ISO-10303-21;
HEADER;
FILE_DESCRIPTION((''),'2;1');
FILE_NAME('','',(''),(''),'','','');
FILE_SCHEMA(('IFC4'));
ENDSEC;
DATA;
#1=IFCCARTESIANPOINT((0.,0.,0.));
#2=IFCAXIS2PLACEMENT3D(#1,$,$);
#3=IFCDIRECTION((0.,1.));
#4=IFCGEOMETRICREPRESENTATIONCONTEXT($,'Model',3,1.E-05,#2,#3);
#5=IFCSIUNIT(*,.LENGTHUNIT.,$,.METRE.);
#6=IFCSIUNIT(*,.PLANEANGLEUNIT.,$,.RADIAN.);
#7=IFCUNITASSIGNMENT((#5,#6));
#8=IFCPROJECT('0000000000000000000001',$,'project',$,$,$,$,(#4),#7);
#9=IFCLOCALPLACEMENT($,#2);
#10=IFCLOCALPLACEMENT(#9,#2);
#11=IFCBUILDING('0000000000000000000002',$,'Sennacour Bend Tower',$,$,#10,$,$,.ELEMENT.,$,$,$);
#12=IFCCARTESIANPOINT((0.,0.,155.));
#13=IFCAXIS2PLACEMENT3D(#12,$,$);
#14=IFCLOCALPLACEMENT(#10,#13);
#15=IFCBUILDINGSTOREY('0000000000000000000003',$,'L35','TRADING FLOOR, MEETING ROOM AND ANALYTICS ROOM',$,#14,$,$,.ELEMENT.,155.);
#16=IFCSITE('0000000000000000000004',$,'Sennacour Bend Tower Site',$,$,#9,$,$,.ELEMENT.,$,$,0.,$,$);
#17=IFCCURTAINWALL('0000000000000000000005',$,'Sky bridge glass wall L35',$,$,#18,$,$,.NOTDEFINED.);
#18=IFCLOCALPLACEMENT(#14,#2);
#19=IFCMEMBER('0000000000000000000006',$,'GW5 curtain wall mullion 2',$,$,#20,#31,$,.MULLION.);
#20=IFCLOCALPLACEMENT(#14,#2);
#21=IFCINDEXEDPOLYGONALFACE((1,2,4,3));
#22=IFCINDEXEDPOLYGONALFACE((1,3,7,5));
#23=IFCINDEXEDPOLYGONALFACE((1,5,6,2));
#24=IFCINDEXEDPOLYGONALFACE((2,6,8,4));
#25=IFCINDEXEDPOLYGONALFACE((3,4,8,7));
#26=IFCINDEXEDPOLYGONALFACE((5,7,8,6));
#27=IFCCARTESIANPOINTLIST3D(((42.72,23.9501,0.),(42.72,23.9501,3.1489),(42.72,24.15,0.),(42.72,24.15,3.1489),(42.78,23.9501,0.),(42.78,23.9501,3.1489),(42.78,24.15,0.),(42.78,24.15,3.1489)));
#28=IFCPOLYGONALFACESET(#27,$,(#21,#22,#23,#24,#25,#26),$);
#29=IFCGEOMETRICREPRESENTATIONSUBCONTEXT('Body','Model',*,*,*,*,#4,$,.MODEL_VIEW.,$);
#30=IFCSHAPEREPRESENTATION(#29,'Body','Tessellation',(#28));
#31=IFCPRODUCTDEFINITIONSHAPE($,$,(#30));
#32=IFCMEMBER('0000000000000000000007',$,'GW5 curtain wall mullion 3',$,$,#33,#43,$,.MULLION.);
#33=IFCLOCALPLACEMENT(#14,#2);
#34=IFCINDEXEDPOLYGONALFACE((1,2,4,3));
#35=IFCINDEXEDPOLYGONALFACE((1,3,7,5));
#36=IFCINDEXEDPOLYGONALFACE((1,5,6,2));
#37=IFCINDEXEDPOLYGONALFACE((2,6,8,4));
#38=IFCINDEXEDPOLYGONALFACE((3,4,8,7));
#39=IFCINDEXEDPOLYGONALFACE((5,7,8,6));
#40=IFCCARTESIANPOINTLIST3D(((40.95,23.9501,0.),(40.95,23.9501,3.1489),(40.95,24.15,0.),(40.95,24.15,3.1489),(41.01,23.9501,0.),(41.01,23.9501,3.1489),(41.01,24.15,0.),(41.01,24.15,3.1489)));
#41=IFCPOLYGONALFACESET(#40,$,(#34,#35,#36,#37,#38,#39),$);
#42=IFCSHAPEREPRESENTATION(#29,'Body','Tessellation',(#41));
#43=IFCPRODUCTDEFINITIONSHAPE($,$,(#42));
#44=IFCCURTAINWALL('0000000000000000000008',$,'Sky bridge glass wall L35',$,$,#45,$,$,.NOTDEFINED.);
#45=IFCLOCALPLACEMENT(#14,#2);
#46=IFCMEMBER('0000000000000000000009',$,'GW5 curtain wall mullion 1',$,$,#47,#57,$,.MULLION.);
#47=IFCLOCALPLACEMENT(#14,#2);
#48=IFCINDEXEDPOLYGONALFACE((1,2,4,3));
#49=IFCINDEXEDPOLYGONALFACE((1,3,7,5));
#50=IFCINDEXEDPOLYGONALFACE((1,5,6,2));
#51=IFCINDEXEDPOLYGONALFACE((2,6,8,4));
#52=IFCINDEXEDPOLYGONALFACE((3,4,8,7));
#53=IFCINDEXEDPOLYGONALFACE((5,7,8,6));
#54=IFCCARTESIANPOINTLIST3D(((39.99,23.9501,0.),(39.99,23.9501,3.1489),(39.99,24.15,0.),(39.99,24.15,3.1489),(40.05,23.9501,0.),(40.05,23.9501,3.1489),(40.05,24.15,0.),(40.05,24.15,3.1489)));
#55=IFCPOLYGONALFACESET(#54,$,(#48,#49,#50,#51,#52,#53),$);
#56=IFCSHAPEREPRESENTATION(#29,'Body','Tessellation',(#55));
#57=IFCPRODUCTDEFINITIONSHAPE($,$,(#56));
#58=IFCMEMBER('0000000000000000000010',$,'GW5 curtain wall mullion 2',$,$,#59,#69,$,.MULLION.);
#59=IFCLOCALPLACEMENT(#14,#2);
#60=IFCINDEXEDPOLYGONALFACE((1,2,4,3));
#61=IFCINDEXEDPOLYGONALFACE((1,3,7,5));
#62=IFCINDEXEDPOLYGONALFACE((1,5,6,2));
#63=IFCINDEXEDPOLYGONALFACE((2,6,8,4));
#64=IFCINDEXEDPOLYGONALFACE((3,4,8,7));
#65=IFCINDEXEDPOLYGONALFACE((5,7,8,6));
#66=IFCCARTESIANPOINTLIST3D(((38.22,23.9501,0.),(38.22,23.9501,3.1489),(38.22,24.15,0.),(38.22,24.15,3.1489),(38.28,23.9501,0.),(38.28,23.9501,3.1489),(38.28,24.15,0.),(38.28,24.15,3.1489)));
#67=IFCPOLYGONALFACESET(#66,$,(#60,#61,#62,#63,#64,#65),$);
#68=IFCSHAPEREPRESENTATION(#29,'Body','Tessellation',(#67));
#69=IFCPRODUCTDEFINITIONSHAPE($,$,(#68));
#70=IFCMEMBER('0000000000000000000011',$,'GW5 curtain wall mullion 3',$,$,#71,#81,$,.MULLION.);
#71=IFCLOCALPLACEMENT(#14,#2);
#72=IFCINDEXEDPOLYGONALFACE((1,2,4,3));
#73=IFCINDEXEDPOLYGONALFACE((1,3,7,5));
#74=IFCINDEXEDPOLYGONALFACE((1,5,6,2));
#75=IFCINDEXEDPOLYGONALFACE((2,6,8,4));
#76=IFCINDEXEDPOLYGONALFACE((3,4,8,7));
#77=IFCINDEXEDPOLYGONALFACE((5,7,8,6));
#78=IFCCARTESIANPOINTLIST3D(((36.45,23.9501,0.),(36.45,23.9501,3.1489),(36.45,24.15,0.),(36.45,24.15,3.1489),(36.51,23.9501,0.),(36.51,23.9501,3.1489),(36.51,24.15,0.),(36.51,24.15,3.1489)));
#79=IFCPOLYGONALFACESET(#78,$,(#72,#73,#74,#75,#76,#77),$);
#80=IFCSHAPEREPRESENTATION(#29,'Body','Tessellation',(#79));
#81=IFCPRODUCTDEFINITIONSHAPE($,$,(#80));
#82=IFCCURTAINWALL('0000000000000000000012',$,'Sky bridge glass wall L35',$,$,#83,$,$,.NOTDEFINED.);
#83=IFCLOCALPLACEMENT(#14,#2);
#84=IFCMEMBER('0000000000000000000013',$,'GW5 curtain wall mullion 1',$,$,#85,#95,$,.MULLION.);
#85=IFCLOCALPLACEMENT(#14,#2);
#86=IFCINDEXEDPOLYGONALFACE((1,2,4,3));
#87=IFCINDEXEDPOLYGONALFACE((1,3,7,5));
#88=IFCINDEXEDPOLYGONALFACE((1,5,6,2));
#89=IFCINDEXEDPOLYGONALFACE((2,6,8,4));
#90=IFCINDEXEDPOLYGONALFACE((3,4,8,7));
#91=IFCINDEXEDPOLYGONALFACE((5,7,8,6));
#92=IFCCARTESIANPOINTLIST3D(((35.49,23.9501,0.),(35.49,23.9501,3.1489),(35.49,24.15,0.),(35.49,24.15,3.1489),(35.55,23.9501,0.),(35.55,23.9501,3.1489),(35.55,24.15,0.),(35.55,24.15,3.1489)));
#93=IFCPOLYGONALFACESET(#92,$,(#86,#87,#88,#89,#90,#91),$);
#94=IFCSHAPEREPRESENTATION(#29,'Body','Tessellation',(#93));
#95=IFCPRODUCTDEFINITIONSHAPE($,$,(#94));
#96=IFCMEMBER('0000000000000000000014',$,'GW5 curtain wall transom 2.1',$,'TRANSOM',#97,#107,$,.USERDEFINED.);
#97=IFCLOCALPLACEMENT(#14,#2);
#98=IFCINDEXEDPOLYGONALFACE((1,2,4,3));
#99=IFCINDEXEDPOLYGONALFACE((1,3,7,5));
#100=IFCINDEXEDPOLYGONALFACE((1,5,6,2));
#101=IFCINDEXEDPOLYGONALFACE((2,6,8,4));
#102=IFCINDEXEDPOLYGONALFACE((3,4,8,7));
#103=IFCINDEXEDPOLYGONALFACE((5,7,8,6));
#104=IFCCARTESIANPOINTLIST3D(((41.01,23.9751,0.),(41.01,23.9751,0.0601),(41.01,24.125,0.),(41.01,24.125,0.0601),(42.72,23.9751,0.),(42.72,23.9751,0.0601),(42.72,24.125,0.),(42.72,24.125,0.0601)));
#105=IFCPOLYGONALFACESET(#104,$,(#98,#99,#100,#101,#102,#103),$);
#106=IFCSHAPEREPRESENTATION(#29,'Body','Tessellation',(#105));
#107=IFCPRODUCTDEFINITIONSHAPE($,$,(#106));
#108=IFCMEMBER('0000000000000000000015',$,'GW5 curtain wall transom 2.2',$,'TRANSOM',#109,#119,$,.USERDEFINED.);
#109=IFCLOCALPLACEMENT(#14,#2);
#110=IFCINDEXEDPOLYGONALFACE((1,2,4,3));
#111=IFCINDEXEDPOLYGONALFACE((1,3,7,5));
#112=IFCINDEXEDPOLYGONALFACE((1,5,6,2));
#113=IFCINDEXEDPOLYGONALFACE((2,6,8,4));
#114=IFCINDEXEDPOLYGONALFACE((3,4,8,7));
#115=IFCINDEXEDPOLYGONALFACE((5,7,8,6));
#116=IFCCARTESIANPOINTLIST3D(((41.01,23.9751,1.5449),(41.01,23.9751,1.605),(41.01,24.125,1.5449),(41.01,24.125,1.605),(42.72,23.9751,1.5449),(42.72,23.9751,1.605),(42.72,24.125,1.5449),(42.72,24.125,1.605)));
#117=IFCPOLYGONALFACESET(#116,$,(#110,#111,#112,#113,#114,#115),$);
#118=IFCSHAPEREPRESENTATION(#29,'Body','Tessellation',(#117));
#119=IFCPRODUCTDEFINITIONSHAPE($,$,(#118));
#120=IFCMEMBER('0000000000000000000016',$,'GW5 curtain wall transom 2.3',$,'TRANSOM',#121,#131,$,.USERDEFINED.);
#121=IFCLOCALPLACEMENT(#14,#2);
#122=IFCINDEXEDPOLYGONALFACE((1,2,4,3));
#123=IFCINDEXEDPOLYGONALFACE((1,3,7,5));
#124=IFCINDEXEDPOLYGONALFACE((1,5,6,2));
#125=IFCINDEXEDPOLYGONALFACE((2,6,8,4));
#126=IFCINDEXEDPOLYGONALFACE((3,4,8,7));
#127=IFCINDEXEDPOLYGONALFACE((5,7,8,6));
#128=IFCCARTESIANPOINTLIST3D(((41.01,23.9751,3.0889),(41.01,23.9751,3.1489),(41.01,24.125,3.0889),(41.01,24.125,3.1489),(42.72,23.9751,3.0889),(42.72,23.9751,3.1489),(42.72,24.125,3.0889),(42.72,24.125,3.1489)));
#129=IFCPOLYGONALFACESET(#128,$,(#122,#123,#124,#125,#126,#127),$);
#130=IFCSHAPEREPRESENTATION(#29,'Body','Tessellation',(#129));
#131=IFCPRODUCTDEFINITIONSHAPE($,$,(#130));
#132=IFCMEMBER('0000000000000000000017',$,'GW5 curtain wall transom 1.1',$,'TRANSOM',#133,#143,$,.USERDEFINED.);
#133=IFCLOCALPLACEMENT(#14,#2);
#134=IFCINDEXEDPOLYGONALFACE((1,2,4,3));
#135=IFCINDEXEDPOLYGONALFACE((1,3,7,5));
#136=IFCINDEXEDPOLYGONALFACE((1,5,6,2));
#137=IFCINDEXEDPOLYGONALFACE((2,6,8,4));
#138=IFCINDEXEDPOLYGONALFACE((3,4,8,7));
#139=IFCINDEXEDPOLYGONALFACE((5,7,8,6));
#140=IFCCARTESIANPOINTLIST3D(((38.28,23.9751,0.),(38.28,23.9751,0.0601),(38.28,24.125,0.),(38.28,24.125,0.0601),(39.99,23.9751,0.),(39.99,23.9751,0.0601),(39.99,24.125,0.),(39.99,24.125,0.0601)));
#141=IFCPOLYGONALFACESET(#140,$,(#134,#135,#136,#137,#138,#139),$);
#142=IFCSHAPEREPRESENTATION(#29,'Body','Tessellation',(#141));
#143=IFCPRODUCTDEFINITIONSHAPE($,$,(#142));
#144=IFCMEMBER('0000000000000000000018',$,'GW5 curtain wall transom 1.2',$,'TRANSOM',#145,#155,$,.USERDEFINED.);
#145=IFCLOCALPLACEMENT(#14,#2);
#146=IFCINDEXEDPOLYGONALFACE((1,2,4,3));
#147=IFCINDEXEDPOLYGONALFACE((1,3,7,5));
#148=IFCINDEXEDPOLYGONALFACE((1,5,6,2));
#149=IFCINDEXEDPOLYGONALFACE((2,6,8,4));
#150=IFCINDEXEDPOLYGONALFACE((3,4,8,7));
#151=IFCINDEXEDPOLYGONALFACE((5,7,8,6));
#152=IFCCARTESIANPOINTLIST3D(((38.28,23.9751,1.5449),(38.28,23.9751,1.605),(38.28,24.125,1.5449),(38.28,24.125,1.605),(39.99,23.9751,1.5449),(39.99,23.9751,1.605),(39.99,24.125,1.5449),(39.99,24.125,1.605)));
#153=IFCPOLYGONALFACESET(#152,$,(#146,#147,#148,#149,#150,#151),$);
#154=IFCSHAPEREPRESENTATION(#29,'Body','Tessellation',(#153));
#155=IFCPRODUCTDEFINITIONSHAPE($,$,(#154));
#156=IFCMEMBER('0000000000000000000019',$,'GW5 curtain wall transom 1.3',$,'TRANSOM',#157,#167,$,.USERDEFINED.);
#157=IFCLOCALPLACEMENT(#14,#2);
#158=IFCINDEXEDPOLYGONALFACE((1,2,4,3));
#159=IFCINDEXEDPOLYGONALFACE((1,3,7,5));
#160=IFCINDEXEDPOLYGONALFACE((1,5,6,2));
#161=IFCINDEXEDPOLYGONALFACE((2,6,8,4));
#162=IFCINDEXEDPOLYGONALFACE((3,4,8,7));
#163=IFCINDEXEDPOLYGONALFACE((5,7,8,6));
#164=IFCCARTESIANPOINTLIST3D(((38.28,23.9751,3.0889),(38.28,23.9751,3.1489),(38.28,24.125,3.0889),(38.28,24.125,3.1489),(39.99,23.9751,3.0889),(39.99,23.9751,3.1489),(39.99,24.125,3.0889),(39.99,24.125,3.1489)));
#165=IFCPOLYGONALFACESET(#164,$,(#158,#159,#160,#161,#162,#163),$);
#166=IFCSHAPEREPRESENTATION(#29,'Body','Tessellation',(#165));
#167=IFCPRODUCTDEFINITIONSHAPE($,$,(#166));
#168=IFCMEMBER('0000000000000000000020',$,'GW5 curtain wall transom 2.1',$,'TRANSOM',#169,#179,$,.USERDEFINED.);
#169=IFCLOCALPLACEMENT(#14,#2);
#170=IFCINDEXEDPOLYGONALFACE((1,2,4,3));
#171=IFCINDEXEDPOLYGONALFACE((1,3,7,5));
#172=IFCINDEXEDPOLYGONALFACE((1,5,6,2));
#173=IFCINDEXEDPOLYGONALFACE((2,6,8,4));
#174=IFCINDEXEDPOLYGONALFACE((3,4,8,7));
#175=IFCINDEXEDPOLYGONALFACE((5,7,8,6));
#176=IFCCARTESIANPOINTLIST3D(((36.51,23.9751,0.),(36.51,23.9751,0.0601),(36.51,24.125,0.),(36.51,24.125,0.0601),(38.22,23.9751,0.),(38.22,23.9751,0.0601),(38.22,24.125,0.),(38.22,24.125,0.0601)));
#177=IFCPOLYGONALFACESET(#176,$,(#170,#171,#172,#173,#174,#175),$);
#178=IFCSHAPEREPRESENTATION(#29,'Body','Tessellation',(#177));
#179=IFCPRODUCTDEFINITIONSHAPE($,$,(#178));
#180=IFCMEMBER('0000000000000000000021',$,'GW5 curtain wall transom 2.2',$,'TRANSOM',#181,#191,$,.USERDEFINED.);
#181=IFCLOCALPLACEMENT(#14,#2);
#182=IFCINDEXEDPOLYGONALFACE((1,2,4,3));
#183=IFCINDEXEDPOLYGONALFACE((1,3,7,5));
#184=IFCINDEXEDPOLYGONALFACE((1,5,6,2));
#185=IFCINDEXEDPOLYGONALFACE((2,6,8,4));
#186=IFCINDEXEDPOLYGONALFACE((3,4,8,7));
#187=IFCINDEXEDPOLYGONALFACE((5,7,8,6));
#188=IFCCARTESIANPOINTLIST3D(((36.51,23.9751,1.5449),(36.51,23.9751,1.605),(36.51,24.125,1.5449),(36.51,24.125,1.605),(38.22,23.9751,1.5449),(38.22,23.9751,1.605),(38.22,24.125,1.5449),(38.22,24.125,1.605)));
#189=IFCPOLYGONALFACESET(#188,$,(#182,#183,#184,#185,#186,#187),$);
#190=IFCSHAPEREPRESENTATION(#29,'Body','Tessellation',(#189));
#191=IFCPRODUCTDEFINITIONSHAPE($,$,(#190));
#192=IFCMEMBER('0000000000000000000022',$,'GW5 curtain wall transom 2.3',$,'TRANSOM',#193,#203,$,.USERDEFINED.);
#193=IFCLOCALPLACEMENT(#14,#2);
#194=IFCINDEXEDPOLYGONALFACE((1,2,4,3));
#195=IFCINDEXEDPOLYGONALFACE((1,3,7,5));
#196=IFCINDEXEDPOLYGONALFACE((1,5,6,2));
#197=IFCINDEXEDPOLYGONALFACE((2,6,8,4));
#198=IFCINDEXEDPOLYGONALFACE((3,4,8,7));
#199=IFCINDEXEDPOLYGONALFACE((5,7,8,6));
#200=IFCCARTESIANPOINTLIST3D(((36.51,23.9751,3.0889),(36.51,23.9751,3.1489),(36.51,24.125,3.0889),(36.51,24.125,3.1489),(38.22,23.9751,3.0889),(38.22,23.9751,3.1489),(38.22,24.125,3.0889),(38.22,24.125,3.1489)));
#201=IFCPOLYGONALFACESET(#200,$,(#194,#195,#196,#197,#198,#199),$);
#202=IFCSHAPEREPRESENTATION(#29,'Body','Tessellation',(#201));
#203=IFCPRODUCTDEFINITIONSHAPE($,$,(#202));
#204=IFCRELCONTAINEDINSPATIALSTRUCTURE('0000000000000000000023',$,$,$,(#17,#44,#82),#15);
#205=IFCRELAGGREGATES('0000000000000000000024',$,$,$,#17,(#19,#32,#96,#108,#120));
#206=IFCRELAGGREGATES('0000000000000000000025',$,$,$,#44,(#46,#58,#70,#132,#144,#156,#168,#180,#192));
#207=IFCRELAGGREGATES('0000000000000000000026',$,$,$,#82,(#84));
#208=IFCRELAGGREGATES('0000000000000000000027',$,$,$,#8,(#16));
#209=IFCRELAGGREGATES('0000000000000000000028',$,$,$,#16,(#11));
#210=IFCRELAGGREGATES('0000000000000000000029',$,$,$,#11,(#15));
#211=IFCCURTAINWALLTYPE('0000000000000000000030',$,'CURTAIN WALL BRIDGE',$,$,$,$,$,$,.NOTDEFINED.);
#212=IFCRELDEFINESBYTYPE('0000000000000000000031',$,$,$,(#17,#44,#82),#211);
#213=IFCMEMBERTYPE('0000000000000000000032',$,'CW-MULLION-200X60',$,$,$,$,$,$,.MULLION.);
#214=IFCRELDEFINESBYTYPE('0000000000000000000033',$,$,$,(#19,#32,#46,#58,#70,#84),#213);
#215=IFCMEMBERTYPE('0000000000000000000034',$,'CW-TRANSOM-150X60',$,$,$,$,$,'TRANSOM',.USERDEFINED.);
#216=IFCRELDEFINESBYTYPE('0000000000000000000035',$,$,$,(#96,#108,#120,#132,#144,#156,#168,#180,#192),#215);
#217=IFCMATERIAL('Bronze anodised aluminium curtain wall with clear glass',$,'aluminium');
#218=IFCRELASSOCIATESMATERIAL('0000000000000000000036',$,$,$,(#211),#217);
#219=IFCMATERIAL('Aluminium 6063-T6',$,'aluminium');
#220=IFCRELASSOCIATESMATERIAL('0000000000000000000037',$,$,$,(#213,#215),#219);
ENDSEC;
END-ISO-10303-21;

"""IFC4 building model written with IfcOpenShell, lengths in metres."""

from ifc_helpers import new_model, si_unit, direction, frame, origin, origin_2d, place, context, subcontext, project, spatial, rectangle, extrude, material, material_profile, profile_set, type_object, element, aggregate, save


model = new_model("IFC4")

# Units and contexts
model_context = context("Model", 3, precision=1e-05, world=origin(), true_north=direction((0.0, 1.0)))
body_context = subcontext(model_context, "Body", "Model", "MODEL_VIEW")
ifc_project = project(units=[si_unit("LENGTHUNIT", "METRE"), si_unit("PLANEANGLEUNIT", "RADIAN")], contexts=[model_context])

# Site, building, storey
site_placement = place(None, origin())
site = spatial("IfcSite", under=ifc_project, at=site_placement, Name="Sennacour Bend Tower Site", CompositionType="ELEMENT", RefElevation=0.0)
building_placement = place(site_placement, origin())
building = spatial("IfcBuilding", under=site, at=building_placement, Name="Sennacour Bend Tower", CompositionType="ELEMENT")
storey_placement = place(building_placement, frame((0.0, 0.0, 155.0)))
storey = spatial("IfcBuildingStorey", under=building, at=storey_placement, Name="L35", Description="TRADING FLOOR, MEETING ROOM AND ANALYTICS ROOM", CompositionType="ELEMENT", Elevation=155.0)

# Curtain walls, members
ifc_material_1 = material(Name="Bronze anodised aluminium curtain wall with clear glass", Category="aluminium")
curtain_wall_type = type_object("IfcCurtainWallType", Name="CURTAIN WALL BRIDGE", PredefinedType="NOTDEFINED", material=ifc_material_1)
curtain_wall_1_placement = place(storey_placement, origin())
curtain_wall_1 = element("IfcCurtainWall", 1, at=curtain_wall_1_placement, inside=storey, type_object=curtain_wall_type, Name="Sky bridge glass wall L35", PredefinedType="NOTDEFINED")
ifc_material_2 = material(Name="Aluminium 6063-T6", Category="aluminium")
ifc_material_profile_1 = material_profile(ifc_material_2, rectangle(XDim=0.2, YDim=0.0601, at=origin_2d()), Name="Aluminium 6063-T6", Category="aluminium")
ifc_profile_set_1 = profile_set([ifc_material_profile_1], Name="Aluminium 6063-T6")
member_type_1 = type_object("IfcMemberType", Name="CW-MULLION-200X60", PredefinedType="MULLION", material=ifc_profile_set_1)
member_1_placement = place(storey_placement, frame((42.75, 24.05, 0.0), z_axis=(0.0, 0.0, 1.0), x_axis=(0.0, -1.0, 0.0)))
member_1 = element("IfcMember", 2, at=member_1_placement, type_object=member_type_1, Name="GW5 curtain wall mullion 2", PredefinedType="MULLION", context=body_context, shape_type="SweptSolid", body=[
    extrude(rectangle(XDim=0.2, YDim=0.0601, at=origin_2d()), origin(), (0.0, 0.0, 1.0), 3.1489),
])
member_2_placement = place(storey_placement, frame((40.98, 24.05, 0.0), z_axis=(0.0, 0.0, 1.0), x_axis=(0.0, -1.0, 0.0)))
member_2 = element("IfcMember", 3, at=member_2_placement, type_object=member_type_1, Name="GW5 curtain wall mullion 3", PredefinedType="MULLION", context=body_context, shape_type="SweptSolid", body=[
    extrude(rectangle(XDim=0.2, YDim=0.0601, at=origin_2d()), origin(), (0.0, 0.0, 1.0), 3.1489),
])
curtain_wall_2_placement = place(storey_placement, origin())
curtain_wall_2 = element("IfcCurtainWall", 4, at=curtain_wall_2_placement, inside=storey, type_object=curtain_wall_type, Name="Sky bridge glass wall L35", PredefinedType="NOTDEFINED")
member_3_placement = place(storey_placement, frame((40.02, 24.05, 0.0), z_axis=(0.0, 0.0, 1.0), x_axis=(0.0, -1.0, 0.0)))
member_3 = element("IfcMember", 5, at=member_3_placement, type_object=member_type_1, Name="GW5 curtain wall mullion 1", PredefinedType="MULLION", context=body_context, shape_type="SweptSolid", body=[
    extrude(rectangle(XDim=0.2, YDim=0.0601, at=origin_2d()), origin(), (0.0, 0.0, 1.0), 3.1489),
])
member_4_placement = place(storey_placement, frame((38.25, 24.05, 0.0), z_axis=(0.0, 0.0, 1.0), x_axis=(0.0, -1.0, 0.0)))
member_4 = element("IfcMember", 6, at=member_4_placement, type_object=member_type_1, Name="GW5 curtain wall mullion 2", PredefinedType="MULLION", context=body_context, shape_type="SweptSolid", body=[
    extrude(rectangle(XDim=0.2, YDim=0.0601, at=origin_2d()), origin(), (0.0, 0.0, 1.0), 3.1489),
])
member_5_placement = place(storey_placement, frame((36.48, 24.05, 0.0), z_axis=(0.0, 0.0, 1.0), x_axis=(0.0, -1.0, 0.0)))
member_5 = element("IfcMember", 7, at=member_5_placement, type_object=member_type_1, Name="GW5 curtain wall mullion 3", PredefinedType="MULLION", context=body_context, shape_type="SweptSolid", body=[
    extrude(rectangle(XDim=0.2, YDim=0.0601, at=origin_2d()), origin(), (0.0, 0.0, 1.0), 3.1489),
])

# Curtain wall, member
curtain_wall_3_placement = place(storey_placement, origin())
curtain_wall_3 = element("IfcCurtainWall", 8, at=curtain_wall_3_placement, inside=storey, type_object=curtain_wall_type, Name="Sky bridge glass wall L35", PredefinedType="NOTDEFINED")
member_6_placement = place(storey_placement, frame((35.52, 24.05, 0.0), z_axis=(0.0, 0.0, 1.0), x_axis=(0.0, -1.0, 0.0)))
member_6 = element("IfcMember", 9, at=member_6_placement, type_object=member_type_1, Name="GW5 curtain wall mullion 1", PredefinedType="MULLION", context=body_context, shape_type="SweptSolid", body=[
    extrude(rectangle(XDim=0.2, YDim=0.0601, at=origin_2d()), origin(), (0.0, 0.0, 1.0), 3.1489),
])

# Members
ifc_material_profile_2 = material_profile(ifc_material_2, rectangle(XDim=0.1499, YDim=0.0601, at=origin_2d()), Name="Aluminium 6063-T6", Category="aluminium")
ifc_profile_set_2 = profile_set([ifc_material_profile_2], Name="Aluminium 6063-T6")
member_type_2 = type_object("IfcMemberType", Name="CW-TRANSOM-150X60", ElementType="TRANSOM", PredefinedType="USERDEFINED", material=ifc_profile_set_2)
member_7_placement = place(storey_placement, frame((42.72, 24.05, 0.03), z_axis=(-1.0, 0.0, 0.0), x_axis=(0.0, -1.0, 0.0)))
member_7 = element("IfcMember", 10, at=member_7_placement, type_object=member_type_2, Name="GW5 curtain wall transom 2.1", ObjectType="TRANSOM", PredefinedType="USERDEFINED", context=body_context, shape_type="SweptSolid", body=[
    extrude(rectangle(XDim=0.1499, YDim=0.0601, at=origin_2d()), origin(), (0.0, 0.0, 1.0), 1.71),
])
member_8_placement = place(storey_placement, frame((42.72, 24.05, 1.575), z_axis=(-1.0, 0.0, 0.0), x_axis=(0.0, -1.0, 0.0)))
member_8 = element("IfcMember", 11, at=member_8_placement, type_object=member_type_2, Name="GW5 curtain wall transom 2.2", ObjectType="TRANSOM", PredefinedType="USERDEFINED", context=body_context, shape_type="SweptSolid", body=[
    extrude(rectangle(XDim=0.1499, YDim=0.0601, at=origin_2d()), origin(), (0.0, 0.0, 1.0), 1.71),
])
member_9_placement = place(storey_placement, frame((42.72, 24.05, 3.1189), z_axis=(-1.0, 0.0, 0.0), x_axis=(0.0, -1.0, 0.0)))
member_9 = element("IfcMember", 12, at=member_9_placement, type_object=member_type_2, Name="GW5 curtain wall transom 2.3", ObjectType="TRANSOM", PredefinedType="USERDEFINED", context=body_context, shape_type="SweptSolid", body=[
    extrude(rectangle(XDim=0.1499, YDim=0.0601, at=origin_2d()), origin(), (0.0, 0.0, 1.0), 1.71),
])
member_10_placement = place(storey_placement, frame((39.99, 24.05, 0.03), z_axis=(-1.0, 0.0, 0.0), x_axis=(0.0, -1.0, 0.0)))
member_10 = element("IfcMember", 13, at=member_10_placement, type_object=member_type_2, Name="GW5 curtain wall transom 1.1", ObjectType="TRANSOM", PredefinedType="USERDEFINED", context=body_context, shape_type="SweptSolid", body=[
    extrude(rectangle(XDim=0.1499, YDim=0.0601, at=origin_2d()), origin(), (0.0, 0.0, 1.0), 1.71),
])
member_11_placement = place(storey_placement, frame((39.99, 24.05, 1.575), z_axis=(-1.0, 0.0, 0.0), x_axis=(0.0, -1.0, 0.0)))
member_11 = element("IfcMember", 14, at=member_11_placement, type_object=member_type_2, Name="GW5 curtain wall transom 1.2", ObjectType="TRANSOM", PredefinedType="USERDEFINED", context=body_context, shape_type="SweptSolid", body=[
    extrude(rectangle(XDim=0.1499, YDim=0.0601, at=origin_2d()), origin(), (0.0, 0.0, 1.0), 1.71),
])
member_12_placement = place(storey_placement, frame((39.99, 24.05, 3.1189), z_axis=(-1.0, 0.0, 0.0), x_axis=(0.0, -1.0, 0.0)))
member_12 = element("IfcMember", 15, at=member_12_placement, type_object=member_type_2, Name="GW5 curtain wall transom 1.3", ObjectType="TRANSOM", PredefinedType="USERDEFINED", context=body_context, shape_type="SweptSolid", body=[
    extrude(rectangle(XDim=0.1499, YDim=0.0601, at=origin_2d()), origin(), (0.0, 0.0, 1.0), 1.71),
])
member_13_placement = place(storey_placement, frame((38.22, 24.05, 0.03), z_axis=(-1.0, 0.0, 0.0), x_axis=(0.0, -1.0, 0.0)))
member_13 = element("IfcMember", 16, at=member_13_placement, type_object=member_type_2, Name="GW5 curtain wall transom 2.1", ObjectType="TRANSOM", PredefinedType="USERDEFINED", context=body_context, shape_type="SweptSolid", body=[
    extrude(rectangle(XDim=0.1499, YDim=0.0601, at=origin_2d()), origin(), (0.0, 0.0, 1.0), 1.71),
])
member_14_placement = place(storey_placement, frame((38.22, 24.05, 1.575), z_axis=(-1.0, 0.0, 0.0), x_axis=(0.0, -1.0, 0.0)))
member_14 = element("IfcMember", 17, at=member_14_placement, type_object=member_type_2, Name="GW5 curtain wall transom 2.2", ObjectType="TRANSOM", PredefinedType="USERDEFINED", context=body_context, shape_type="SweptSolid", body=[
    extrude(rectangle(XDim=0.1499, YDim=0.0601, at=origin_2d()), origin(), (0.0, 0.0, 1.0), 1.71),
])
member_15_placement = place(storey_placement, frame((38.22, 24.05, 3.1189), z_axis=(-1.0, 0.0, 0.0), x_axis=(0.0, -1.0, 0.0)))
member_15 = element("IfcMember", 18, at=member_15_placement, type_object=member_type_2, Name="GW5 curtain wall transom 2.3", ObjectType="TRANSOM", PredefinedType="USERDEFINED", context=body_context, shape_type="SweptSolid", body=[
    extrude(rectangle(XDim=0.1499, YDim=0.0601, at=origin_2d()), origin(), (0.0, 0.0, 1.0), 1.71),
])

aggregate(curtain_wall_1, [member_1, member_2, member_7, member_8, member_9])
aggregate(curtain_wall_2, [member_3, member_4, member_5, member_10, member_11, member_12, member_13, member_14, member_15])
aggregate(curtain_wall_3, [member_6])

save(model, "model.ifc")
